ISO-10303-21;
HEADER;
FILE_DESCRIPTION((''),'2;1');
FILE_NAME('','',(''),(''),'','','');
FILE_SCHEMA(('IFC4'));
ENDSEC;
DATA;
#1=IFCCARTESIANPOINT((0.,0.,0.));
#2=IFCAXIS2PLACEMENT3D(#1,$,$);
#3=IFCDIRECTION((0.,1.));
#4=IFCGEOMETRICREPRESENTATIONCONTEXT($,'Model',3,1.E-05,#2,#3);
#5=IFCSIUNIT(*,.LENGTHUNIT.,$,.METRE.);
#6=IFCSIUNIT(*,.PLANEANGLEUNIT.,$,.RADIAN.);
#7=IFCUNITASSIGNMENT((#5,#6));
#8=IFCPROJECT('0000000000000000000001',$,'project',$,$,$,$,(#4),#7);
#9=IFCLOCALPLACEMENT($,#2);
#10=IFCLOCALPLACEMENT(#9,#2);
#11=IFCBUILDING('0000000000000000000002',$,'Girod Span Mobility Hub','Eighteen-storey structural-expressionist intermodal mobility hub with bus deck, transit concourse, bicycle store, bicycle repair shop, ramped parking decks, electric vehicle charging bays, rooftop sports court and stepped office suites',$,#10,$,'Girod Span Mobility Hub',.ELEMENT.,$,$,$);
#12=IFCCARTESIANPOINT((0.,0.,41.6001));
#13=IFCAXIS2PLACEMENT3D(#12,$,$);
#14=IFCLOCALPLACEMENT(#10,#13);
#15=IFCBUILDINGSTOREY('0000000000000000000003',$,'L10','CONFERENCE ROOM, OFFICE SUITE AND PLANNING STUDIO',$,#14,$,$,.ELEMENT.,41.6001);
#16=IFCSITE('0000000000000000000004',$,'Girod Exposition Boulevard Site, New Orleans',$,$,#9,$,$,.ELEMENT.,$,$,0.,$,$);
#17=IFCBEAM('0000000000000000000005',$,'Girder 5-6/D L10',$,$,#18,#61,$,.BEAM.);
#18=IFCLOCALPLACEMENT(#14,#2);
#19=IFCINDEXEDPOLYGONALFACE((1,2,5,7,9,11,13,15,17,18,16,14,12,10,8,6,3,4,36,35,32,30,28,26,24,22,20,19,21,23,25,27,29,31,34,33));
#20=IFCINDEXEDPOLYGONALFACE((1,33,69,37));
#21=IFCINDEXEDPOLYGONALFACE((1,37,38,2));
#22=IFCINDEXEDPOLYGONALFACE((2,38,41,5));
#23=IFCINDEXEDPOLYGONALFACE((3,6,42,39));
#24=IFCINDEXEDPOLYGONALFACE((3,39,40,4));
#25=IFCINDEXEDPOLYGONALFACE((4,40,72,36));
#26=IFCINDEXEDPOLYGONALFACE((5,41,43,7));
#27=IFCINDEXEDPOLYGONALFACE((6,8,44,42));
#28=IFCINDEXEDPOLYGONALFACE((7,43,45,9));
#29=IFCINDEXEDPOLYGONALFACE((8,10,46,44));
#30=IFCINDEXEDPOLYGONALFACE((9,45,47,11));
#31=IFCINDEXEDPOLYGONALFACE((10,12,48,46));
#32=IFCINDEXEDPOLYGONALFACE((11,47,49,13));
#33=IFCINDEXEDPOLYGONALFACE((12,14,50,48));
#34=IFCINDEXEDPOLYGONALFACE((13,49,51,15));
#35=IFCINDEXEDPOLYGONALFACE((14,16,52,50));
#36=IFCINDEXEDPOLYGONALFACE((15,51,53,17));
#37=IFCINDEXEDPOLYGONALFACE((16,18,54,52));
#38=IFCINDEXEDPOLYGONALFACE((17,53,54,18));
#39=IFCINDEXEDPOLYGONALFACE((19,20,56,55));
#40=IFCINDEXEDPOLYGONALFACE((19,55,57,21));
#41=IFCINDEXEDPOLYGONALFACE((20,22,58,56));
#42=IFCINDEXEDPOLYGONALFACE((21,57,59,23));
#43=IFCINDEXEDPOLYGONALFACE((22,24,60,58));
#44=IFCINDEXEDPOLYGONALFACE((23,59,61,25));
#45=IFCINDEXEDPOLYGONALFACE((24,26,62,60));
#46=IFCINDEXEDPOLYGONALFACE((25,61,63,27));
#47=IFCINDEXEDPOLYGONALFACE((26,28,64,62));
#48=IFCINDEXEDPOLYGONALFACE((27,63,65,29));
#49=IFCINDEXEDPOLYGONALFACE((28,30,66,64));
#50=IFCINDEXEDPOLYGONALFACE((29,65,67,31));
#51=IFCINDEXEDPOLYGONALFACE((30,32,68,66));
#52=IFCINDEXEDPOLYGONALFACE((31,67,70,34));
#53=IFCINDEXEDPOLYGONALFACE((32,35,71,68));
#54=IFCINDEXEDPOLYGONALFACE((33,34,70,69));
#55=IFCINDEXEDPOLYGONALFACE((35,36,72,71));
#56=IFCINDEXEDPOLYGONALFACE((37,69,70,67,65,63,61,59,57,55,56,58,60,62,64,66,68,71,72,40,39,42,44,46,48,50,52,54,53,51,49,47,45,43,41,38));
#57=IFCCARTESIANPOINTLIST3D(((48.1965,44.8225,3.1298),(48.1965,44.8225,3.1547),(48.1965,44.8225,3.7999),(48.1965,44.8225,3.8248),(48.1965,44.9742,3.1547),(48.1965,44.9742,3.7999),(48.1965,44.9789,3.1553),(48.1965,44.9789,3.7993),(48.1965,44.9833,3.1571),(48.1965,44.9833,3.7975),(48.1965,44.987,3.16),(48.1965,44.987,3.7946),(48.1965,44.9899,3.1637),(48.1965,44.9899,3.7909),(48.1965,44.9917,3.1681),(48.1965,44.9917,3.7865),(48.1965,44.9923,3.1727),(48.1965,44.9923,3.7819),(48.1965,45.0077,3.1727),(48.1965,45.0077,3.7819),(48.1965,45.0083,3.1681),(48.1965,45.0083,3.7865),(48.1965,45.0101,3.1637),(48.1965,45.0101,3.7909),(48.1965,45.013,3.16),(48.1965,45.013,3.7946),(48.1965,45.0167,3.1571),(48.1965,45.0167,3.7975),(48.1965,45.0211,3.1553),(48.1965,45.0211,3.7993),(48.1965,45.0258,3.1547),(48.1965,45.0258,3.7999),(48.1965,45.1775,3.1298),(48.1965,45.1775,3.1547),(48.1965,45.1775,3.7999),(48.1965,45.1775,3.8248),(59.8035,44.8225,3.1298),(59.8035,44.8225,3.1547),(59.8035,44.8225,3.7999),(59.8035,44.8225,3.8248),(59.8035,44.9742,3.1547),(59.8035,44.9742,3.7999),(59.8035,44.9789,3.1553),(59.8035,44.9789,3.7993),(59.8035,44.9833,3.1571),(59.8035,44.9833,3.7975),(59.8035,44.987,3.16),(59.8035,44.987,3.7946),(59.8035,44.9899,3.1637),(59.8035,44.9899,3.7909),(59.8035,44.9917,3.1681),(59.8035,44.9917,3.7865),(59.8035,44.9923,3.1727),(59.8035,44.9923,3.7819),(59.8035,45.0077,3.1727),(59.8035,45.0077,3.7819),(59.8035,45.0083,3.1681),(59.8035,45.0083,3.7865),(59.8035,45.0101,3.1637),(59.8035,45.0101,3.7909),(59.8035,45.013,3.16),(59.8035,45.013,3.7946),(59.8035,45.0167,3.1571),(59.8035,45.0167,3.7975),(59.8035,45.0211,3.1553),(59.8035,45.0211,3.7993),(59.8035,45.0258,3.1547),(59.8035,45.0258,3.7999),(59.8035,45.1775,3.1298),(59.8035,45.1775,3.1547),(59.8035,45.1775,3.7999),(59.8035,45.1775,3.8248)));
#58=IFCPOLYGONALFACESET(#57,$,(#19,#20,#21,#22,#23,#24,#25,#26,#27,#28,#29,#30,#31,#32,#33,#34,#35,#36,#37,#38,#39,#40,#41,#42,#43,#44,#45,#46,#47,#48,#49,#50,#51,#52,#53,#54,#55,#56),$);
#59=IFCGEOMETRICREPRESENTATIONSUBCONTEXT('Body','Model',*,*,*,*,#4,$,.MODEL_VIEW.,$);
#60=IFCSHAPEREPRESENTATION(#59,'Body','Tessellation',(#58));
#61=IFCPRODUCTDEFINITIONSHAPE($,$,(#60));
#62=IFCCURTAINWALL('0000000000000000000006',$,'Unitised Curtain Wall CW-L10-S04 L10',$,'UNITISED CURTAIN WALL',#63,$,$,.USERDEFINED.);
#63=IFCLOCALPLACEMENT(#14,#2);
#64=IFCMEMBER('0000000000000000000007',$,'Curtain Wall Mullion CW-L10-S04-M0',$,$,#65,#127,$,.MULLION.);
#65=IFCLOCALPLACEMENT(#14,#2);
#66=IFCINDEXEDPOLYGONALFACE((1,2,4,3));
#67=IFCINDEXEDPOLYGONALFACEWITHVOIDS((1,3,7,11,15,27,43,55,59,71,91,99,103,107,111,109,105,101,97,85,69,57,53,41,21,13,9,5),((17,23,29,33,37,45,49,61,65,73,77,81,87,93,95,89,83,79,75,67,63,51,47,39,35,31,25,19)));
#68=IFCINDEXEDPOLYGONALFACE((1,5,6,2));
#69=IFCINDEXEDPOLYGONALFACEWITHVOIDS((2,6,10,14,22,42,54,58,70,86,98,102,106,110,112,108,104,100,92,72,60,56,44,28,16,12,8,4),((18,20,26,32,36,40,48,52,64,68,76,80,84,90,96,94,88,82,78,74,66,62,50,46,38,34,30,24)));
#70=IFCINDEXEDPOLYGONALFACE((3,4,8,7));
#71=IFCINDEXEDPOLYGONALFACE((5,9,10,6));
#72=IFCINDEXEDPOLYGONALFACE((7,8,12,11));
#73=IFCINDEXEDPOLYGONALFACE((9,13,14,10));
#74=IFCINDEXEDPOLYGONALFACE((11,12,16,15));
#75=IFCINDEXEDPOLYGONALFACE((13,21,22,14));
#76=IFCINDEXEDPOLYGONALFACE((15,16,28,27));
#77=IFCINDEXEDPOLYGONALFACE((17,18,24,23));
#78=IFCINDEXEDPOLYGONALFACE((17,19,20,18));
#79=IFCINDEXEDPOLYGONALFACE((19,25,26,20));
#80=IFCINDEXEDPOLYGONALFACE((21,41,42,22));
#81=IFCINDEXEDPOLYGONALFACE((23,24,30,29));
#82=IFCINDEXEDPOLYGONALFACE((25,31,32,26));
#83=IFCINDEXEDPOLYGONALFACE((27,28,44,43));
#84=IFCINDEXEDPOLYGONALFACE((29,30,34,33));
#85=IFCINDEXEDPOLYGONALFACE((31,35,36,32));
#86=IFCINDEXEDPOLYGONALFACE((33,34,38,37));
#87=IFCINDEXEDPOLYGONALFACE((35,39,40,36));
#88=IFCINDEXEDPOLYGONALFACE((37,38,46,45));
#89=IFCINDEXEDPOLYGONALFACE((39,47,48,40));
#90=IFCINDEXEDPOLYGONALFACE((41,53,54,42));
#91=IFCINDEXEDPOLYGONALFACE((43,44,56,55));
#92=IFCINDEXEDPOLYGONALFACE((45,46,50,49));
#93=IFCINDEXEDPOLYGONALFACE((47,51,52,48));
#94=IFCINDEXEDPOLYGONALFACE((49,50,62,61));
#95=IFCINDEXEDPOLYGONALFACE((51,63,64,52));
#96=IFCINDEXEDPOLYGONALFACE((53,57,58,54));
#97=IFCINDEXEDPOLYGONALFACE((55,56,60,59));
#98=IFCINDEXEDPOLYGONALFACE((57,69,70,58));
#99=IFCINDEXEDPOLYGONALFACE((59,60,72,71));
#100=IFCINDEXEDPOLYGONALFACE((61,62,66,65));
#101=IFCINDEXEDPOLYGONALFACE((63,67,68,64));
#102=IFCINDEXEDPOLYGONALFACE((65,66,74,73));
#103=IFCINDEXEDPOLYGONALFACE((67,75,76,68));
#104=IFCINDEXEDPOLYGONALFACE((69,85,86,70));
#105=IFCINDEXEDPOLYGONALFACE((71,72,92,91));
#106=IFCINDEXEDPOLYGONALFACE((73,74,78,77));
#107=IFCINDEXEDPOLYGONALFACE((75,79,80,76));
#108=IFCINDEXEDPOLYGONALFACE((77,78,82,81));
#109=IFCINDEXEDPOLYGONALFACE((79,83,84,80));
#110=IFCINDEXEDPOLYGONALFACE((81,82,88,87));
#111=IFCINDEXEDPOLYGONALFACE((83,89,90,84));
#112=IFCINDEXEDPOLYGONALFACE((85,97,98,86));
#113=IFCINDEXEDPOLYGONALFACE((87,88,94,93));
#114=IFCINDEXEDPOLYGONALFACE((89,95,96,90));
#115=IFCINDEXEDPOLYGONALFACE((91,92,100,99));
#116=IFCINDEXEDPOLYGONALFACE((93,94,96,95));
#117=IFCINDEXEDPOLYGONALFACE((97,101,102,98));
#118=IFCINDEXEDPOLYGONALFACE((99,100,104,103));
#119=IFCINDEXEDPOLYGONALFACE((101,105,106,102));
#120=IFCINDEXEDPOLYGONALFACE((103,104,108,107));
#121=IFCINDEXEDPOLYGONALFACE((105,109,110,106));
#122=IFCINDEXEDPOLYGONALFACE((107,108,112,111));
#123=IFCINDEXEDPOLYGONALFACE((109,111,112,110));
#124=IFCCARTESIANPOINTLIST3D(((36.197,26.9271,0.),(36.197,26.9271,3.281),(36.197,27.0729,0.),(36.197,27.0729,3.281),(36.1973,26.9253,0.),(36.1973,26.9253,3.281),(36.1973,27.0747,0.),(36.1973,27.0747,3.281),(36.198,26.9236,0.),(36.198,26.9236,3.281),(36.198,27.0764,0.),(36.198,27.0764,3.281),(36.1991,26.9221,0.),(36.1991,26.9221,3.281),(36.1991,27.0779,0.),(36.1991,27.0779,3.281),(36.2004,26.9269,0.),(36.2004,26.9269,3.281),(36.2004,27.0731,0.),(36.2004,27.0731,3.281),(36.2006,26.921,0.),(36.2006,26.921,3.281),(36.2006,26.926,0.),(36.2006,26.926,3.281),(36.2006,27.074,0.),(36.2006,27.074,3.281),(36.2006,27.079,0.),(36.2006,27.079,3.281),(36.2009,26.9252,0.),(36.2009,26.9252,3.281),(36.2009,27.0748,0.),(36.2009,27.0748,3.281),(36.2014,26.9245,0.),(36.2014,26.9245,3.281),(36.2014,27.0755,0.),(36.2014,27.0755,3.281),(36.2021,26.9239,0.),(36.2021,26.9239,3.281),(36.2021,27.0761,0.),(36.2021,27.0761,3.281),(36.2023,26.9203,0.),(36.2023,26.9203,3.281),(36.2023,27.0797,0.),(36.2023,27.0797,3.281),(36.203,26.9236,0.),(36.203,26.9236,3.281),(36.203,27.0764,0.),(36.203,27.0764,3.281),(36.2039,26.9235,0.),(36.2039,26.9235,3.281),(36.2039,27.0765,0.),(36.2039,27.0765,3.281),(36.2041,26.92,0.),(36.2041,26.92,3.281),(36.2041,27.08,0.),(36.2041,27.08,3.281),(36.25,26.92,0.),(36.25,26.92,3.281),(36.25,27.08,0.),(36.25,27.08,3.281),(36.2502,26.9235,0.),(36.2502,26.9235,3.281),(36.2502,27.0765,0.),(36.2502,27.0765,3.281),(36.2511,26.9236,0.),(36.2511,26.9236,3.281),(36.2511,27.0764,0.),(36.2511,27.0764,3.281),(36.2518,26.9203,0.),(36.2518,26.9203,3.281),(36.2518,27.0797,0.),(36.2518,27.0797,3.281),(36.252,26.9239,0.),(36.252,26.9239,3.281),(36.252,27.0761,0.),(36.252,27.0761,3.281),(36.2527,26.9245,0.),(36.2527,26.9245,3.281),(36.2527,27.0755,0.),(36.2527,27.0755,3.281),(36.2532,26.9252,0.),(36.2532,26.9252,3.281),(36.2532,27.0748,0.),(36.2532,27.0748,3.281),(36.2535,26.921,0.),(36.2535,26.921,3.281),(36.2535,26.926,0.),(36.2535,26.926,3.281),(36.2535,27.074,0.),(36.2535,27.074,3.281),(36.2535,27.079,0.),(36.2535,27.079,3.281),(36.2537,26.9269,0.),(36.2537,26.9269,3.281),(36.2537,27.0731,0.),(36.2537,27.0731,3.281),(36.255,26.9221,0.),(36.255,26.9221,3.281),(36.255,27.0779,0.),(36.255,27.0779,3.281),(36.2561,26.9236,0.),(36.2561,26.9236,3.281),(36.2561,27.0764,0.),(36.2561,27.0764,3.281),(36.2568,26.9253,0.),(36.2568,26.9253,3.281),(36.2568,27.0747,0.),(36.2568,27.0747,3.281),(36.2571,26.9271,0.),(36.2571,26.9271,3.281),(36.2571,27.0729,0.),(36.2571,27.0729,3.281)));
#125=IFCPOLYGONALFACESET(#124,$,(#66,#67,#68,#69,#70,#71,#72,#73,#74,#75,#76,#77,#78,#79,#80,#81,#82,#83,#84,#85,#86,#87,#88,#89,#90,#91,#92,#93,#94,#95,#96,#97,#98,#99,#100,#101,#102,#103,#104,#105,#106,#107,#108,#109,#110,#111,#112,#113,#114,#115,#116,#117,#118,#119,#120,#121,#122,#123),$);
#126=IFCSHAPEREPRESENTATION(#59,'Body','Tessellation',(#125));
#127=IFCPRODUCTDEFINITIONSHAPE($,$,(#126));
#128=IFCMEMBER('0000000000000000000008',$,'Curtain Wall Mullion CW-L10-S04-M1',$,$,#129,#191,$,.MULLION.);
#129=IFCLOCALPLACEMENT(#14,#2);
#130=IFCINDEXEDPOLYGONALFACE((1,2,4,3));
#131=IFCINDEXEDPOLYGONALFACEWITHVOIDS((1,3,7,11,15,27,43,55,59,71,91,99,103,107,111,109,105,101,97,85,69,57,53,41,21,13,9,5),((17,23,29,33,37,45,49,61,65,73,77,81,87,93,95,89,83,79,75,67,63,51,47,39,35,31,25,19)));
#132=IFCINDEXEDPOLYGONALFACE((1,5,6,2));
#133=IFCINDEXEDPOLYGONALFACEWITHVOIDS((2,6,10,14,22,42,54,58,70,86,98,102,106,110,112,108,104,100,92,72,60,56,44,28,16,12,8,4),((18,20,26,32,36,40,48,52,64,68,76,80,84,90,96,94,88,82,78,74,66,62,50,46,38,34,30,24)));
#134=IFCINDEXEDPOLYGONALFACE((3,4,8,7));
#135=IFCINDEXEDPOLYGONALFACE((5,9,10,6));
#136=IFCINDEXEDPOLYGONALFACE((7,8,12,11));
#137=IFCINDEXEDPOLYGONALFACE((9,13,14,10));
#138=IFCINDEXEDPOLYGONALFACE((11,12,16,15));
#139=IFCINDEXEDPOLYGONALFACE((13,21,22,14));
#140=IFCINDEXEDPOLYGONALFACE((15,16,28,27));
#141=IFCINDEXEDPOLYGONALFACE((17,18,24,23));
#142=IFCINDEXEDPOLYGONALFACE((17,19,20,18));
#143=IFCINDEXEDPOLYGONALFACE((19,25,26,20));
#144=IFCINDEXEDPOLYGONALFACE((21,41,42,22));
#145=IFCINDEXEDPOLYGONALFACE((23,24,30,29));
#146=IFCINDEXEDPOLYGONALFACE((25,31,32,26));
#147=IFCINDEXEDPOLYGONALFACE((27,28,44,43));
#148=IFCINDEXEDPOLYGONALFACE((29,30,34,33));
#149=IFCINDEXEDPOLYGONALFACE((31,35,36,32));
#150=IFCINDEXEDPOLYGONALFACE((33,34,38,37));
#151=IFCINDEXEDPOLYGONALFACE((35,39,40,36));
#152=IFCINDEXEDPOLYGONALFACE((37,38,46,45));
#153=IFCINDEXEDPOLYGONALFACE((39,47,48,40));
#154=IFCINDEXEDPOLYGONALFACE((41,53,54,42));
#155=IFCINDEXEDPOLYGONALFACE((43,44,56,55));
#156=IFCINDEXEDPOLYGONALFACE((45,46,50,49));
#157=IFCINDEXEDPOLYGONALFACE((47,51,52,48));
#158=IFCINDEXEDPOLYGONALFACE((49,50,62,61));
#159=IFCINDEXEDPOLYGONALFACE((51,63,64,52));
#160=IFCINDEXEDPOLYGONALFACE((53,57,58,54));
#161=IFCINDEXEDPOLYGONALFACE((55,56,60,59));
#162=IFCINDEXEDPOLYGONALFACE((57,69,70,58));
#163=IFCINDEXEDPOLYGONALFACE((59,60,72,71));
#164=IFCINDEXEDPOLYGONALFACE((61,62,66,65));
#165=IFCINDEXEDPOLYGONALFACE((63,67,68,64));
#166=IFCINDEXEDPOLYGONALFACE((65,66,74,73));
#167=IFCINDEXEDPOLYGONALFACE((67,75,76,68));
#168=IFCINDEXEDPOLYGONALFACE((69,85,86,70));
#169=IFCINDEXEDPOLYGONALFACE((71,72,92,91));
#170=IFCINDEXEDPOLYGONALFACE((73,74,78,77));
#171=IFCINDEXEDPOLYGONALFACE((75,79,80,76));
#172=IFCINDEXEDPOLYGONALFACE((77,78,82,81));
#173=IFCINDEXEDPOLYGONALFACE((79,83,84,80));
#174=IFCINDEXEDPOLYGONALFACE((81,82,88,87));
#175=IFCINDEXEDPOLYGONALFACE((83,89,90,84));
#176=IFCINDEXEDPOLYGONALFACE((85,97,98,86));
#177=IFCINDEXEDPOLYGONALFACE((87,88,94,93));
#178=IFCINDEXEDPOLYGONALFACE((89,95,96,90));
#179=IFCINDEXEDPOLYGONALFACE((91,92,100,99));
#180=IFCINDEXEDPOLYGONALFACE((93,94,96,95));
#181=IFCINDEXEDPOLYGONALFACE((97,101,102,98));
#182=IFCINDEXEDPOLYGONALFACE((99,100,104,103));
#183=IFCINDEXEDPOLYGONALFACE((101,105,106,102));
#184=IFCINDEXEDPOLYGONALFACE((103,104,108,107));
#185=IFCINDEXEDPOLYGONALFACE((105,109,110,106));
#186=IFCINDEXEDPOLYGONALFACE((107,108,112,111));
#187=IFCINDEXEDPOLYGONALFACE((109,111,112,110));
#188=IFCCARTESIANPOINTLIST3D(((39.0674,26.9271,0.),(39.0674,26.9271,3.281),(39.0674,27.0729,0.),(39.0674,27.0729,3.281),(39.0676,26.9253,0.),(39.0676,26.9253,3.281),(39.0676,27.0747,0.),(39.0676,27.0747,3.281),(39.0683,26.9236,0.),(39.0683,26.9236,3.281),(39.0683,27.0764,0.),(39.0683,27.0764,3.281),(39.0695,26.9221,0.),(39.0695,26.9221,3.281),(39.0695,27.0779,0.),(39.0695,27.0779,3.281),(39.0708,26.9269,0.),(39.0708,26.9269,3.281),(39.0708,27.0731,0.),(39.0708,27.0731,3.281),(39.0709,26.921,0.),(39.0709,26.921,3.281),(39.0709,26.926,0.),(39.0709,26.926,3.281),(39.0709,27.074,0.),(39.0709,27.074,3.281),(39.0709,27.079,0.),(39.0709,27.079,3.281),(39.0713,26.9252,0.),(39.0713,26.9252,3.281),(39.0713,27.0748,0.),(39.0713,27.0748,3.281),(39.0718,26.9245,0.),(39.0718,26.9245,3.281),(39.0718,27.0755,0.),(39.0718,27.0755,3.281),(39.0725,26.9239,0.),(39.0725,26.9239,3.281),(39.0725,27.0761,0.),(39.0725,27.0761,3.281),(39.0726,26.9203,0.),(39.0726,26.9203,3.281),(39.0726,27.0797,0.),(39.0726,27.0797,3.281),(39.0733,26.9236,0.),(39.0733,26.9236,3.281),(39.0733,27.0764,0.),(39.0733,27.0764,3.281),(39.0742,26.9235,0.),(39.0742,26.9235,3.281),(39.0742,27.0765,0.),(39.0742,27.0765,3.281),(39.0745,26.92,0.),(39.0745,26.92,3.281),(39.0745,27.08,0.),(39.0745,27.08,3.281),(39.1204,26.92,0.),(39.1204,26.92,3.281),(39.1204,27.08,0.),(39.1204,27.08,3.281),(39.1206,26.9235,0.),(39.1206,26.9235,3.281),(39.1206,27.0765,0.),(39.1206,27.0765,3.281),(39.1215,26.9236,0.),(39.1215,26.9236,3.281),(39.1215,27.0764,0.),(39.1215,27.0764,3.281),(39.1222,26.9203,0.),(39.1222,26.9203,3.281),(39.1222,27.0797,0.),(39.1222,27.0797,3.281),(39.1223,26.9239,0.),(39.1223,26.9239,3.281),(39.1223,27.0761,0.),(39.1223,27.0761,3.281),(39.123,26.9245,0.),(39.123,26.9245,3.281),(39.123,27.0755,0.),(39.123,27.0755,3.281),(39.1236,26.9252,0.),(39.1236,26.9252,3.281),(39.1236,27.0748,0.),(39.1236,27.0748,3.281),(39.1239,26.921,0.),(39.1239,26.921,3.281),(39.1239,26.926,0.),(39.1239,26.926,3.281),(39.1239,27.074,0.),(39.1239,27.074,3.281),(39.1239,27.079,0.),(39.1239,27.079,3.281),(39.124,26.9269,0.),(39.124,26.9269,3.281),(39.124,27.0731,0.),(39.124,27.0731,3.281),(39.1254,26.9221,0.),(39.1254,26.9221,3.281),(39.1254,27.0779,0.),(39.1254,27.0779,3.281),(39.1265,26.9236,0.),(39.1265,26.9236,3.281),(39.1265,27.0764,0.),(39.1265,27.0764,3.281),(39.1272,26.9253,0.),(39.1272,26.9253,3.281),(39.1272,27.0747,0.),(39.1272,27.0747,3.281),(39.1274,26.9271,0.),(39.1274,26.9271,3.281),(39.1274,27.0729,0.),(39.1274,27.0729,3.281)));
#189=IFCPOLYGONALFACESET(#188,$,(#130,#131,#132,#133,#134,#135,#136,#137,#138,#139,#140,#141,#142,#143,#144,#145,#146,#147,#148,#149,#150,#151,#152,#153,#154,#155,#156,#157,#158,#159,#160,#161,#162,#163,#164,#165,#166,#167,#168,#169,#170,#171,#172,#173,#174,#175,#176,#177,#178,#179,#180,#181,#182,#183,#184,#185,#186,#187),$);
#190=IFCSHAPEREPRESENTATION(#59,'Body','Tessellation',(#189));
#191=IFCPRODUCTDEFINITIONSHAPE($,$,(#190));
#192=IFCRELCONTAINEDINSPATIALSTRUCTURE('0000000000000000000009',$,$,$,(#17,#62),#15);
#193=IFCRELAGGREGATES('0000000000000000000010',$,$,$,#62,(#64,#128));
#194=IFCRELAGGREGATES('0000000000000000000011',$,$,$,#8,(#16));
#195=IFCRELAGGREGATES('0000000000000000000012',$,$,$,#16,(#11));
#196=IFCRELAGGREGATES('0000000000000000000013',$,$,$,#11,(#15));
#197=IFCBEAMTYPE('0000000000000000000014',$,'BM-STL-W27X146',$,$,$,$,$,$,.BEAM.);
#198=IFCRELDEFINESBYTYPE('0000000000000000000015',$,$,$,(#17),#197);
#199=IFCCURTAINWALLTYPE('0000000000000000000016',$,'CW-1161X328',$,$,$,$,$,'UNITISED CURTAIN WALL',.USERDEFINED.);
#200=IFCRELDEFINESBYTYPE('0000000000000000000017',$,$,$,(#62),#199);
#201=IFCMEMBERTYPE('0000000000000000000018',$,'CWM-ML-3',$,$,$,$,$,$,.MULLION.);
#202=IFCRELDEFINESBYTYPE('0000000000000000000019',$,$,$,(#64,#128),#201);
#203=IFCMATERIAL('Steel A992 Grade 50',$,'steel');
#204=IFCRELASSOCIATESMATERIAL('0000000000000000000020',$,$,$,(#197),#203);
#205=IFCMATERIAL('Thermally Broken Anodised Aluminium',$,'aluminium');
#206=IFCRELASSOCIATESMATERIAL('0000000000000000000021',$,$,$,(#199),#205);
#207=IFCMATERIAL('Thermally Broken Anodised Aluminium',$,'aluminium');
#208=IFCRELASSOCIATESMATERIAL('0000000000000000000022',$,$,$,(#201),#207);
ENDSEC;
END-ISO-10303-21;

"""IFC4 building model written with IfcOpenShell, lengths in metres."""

from ifc_helpers import new_model, si_unit, direction, frame, origin, origin_2d, place, context, subcontext, project, spatial, hollow_rectangle, i_section, extrude, material, material_profile, profile_set, type_object, element, aggregate, save


model = new_model("IFC4")

# Units and contexts
model_context = context("Model", 3, precision=1e-05, world=origin(), true_north=direction((0.0, 1.0)))
body_context = subcontext(model_context, "Body", "Model", "MODEL_VIEW")
ifc_project = project(units=[si_unit("LENGTHUNIT", "METRE"), si_unit("PLANEANGLEUNIT", "RADIAN")], contexts=[model_context])

# Site, building, storey
site_placement = place(None, origin())
site = spatial("IfcSite", under=ifc_project, at=site_placement, Name="Girod Exposition Boulevard Site, New Orleans", CompositionType="ELEMENT", RefElevation=0.0)
building_placement = place(site_placement, origin())
building = spatial("IfcBuilding", under=site, at=building_placement, Name="Girod Span Mobility Hub", Description="Eighteen-storey structural-expressionist intermodal mobility hub with bus deck, transit concourse, bicycle store, bicycle repair shop, ramped parking decks, electric vehicle charging bays, rooftop sports court and stepped office suites", LongName="Girod Span Mobility Hub", CompositionType="ELEMENT")
storey_placement = place(building_placement, frame((0.0, 0.0, 41.6001)))
storey = spatial("IfcBuildingStorey", under=building, at=storey_placement, Name="L10", Description="CONFERENCE ROOM, OFFICE SUITE AND PLANNING STUDIO", CompositionType="ELEMENT", Elevation=41.6001)

# Beam
ifc_material_1 = material(Name="Steel A992 Grade 50", Category="steel")
ifc_material_profile_1 = material_profile(ifc_material_1, i_section(OverallWidth=0.355, OverallDepth=0.6951, WebThickness=0.0154, FlangeThickness=0.0249, FilletRadius=0.0181, at=origin_2d()), Name="W27X146")
ifc_profile_set_1 = profile_set([ifc_material_profile_1], Name="Steel A992 Grade 50")
beam_type_1 = type_object("IfcBeamType", Name="BM-STL-W27X146", PredefinedType="BEAM", material=ifc_profile_set_1)
beam_1_placement = place(storey_placement, frame((48.1965, 45.0, 3.4773), z_axis=(1.0, 0.0, 0.0), x_axis=(0.0, 1.0, 0.0)))
element("IfcBeam", 1, at=beam_1_placement, inside=storey, type_object=beam_type_1, Name="Girder 5-6/D L10", PredefinedType="BEAM", context=body_context, shape_type="SweptSolid", body=[
    extrude(i_section(OverallWidth=0.355, OverallDepth=0.6951, WebThickness=0.0154, FlangeThickness=0.0249, FilletRadius=0.0181, at=origin_2d()), origin(), (0.0, 0.0, 1.0), 11.6069),
])

# Curtain wall, members
ifc_material_2 = material(Name="Thermally Broken Anodised Aluminium", Category="aluminium")
curtain_wall_type = type_object("IfcCurtainWallType", Name="CW-1161X328", ElementType="UNITISED CURTAIN WALL", PredefinedType="USERDEFINED", material=ifc_material_2)
curtain_wall_1_placement = place(storey_placement, origin())
curtain_wall_1 = element("IfcCurtainWall", 2, at=curtain_wall_1_placement, inside=storey, type_object=curtain_wall_type, Name="Unitised Curtain Wall CW-L10-S04 L10", ObjectType="UNITISED CURTAIN WALL", PredefinedType="USERDEFINED")
ifc_material_3 = material(Name="Thermally Broken Anodised Aluminium", Category="aluminium")
ifc_material_profile_2 = material_profile(ifc_material_3, hollow_rectangle(XDim=0.1599, YDim=0.0601, WallThickness=0.0034, InnerFilletRadius=0.0034, OuterFilletRadius=0.0071, at=origin_2d()), Name="CW-ML-60X160")
ifc_profile_set_2 = profile_set([ifc_material_profile_2], Name="Thermally Broken Anodised Aluminium")
member_type_1 = type_object("IfcMemberType", Name="CWM-ML-3", PredefinedType="MULLION", material=ifc_profile_set_2)
member_1_placement = place(storey_placement, frame((36.2271, 27.0, 0.0), z_axis=(0.0, 0.0, 1.0), x_axis=(0.0, 1.0, 0.0)))
member_1 = element("IfcMember", 3, at=member_1_placement, type_object=member_type_1, Name="Curtain Wall Mullion CW-L10-S04-M0", PredefinedType="MULLION", context=body_context, shape_type="SweptSolid", body=[
    extrude(hollow_rectangle(XDim=0.1599, YDim=0.0601, WallThickness=0.0034, InnerFilletRadius=0.0034, OuterFilletRadius=0.0071, at=origin_2d()), origin(), (0.0, 0.0, 1.0), 3.281),
])
member_2_placement = place(storey_placement, frame((39.0974, 27.0, 0.0), z_axis=(0.0, 0.0, 1.0), x_axis=(0.0, 1.0, 0.0)))
member_2 = element("IfcMember", 4, at=member_2_placement, type_object=member_type_1, Name="Curtain Wall Mullion CW-L10-S04-M1", PredefinedType="MULLION", context=body_context, shape_type="SweptSolid", body=[
    extrude(hollow_rectangle(XDim=0.1599, YDim=0.0601, WallThickness=0.0034, InnerFilletRadius=0.0034, OuterFilletRadius=0.0071, at=origin_2d()), origin(), (0.0, 0.0, 1.0), 3.281),
])

aggregate(curtain_wall_1, [member_1, member_2])

save(model, "model.ifc")
